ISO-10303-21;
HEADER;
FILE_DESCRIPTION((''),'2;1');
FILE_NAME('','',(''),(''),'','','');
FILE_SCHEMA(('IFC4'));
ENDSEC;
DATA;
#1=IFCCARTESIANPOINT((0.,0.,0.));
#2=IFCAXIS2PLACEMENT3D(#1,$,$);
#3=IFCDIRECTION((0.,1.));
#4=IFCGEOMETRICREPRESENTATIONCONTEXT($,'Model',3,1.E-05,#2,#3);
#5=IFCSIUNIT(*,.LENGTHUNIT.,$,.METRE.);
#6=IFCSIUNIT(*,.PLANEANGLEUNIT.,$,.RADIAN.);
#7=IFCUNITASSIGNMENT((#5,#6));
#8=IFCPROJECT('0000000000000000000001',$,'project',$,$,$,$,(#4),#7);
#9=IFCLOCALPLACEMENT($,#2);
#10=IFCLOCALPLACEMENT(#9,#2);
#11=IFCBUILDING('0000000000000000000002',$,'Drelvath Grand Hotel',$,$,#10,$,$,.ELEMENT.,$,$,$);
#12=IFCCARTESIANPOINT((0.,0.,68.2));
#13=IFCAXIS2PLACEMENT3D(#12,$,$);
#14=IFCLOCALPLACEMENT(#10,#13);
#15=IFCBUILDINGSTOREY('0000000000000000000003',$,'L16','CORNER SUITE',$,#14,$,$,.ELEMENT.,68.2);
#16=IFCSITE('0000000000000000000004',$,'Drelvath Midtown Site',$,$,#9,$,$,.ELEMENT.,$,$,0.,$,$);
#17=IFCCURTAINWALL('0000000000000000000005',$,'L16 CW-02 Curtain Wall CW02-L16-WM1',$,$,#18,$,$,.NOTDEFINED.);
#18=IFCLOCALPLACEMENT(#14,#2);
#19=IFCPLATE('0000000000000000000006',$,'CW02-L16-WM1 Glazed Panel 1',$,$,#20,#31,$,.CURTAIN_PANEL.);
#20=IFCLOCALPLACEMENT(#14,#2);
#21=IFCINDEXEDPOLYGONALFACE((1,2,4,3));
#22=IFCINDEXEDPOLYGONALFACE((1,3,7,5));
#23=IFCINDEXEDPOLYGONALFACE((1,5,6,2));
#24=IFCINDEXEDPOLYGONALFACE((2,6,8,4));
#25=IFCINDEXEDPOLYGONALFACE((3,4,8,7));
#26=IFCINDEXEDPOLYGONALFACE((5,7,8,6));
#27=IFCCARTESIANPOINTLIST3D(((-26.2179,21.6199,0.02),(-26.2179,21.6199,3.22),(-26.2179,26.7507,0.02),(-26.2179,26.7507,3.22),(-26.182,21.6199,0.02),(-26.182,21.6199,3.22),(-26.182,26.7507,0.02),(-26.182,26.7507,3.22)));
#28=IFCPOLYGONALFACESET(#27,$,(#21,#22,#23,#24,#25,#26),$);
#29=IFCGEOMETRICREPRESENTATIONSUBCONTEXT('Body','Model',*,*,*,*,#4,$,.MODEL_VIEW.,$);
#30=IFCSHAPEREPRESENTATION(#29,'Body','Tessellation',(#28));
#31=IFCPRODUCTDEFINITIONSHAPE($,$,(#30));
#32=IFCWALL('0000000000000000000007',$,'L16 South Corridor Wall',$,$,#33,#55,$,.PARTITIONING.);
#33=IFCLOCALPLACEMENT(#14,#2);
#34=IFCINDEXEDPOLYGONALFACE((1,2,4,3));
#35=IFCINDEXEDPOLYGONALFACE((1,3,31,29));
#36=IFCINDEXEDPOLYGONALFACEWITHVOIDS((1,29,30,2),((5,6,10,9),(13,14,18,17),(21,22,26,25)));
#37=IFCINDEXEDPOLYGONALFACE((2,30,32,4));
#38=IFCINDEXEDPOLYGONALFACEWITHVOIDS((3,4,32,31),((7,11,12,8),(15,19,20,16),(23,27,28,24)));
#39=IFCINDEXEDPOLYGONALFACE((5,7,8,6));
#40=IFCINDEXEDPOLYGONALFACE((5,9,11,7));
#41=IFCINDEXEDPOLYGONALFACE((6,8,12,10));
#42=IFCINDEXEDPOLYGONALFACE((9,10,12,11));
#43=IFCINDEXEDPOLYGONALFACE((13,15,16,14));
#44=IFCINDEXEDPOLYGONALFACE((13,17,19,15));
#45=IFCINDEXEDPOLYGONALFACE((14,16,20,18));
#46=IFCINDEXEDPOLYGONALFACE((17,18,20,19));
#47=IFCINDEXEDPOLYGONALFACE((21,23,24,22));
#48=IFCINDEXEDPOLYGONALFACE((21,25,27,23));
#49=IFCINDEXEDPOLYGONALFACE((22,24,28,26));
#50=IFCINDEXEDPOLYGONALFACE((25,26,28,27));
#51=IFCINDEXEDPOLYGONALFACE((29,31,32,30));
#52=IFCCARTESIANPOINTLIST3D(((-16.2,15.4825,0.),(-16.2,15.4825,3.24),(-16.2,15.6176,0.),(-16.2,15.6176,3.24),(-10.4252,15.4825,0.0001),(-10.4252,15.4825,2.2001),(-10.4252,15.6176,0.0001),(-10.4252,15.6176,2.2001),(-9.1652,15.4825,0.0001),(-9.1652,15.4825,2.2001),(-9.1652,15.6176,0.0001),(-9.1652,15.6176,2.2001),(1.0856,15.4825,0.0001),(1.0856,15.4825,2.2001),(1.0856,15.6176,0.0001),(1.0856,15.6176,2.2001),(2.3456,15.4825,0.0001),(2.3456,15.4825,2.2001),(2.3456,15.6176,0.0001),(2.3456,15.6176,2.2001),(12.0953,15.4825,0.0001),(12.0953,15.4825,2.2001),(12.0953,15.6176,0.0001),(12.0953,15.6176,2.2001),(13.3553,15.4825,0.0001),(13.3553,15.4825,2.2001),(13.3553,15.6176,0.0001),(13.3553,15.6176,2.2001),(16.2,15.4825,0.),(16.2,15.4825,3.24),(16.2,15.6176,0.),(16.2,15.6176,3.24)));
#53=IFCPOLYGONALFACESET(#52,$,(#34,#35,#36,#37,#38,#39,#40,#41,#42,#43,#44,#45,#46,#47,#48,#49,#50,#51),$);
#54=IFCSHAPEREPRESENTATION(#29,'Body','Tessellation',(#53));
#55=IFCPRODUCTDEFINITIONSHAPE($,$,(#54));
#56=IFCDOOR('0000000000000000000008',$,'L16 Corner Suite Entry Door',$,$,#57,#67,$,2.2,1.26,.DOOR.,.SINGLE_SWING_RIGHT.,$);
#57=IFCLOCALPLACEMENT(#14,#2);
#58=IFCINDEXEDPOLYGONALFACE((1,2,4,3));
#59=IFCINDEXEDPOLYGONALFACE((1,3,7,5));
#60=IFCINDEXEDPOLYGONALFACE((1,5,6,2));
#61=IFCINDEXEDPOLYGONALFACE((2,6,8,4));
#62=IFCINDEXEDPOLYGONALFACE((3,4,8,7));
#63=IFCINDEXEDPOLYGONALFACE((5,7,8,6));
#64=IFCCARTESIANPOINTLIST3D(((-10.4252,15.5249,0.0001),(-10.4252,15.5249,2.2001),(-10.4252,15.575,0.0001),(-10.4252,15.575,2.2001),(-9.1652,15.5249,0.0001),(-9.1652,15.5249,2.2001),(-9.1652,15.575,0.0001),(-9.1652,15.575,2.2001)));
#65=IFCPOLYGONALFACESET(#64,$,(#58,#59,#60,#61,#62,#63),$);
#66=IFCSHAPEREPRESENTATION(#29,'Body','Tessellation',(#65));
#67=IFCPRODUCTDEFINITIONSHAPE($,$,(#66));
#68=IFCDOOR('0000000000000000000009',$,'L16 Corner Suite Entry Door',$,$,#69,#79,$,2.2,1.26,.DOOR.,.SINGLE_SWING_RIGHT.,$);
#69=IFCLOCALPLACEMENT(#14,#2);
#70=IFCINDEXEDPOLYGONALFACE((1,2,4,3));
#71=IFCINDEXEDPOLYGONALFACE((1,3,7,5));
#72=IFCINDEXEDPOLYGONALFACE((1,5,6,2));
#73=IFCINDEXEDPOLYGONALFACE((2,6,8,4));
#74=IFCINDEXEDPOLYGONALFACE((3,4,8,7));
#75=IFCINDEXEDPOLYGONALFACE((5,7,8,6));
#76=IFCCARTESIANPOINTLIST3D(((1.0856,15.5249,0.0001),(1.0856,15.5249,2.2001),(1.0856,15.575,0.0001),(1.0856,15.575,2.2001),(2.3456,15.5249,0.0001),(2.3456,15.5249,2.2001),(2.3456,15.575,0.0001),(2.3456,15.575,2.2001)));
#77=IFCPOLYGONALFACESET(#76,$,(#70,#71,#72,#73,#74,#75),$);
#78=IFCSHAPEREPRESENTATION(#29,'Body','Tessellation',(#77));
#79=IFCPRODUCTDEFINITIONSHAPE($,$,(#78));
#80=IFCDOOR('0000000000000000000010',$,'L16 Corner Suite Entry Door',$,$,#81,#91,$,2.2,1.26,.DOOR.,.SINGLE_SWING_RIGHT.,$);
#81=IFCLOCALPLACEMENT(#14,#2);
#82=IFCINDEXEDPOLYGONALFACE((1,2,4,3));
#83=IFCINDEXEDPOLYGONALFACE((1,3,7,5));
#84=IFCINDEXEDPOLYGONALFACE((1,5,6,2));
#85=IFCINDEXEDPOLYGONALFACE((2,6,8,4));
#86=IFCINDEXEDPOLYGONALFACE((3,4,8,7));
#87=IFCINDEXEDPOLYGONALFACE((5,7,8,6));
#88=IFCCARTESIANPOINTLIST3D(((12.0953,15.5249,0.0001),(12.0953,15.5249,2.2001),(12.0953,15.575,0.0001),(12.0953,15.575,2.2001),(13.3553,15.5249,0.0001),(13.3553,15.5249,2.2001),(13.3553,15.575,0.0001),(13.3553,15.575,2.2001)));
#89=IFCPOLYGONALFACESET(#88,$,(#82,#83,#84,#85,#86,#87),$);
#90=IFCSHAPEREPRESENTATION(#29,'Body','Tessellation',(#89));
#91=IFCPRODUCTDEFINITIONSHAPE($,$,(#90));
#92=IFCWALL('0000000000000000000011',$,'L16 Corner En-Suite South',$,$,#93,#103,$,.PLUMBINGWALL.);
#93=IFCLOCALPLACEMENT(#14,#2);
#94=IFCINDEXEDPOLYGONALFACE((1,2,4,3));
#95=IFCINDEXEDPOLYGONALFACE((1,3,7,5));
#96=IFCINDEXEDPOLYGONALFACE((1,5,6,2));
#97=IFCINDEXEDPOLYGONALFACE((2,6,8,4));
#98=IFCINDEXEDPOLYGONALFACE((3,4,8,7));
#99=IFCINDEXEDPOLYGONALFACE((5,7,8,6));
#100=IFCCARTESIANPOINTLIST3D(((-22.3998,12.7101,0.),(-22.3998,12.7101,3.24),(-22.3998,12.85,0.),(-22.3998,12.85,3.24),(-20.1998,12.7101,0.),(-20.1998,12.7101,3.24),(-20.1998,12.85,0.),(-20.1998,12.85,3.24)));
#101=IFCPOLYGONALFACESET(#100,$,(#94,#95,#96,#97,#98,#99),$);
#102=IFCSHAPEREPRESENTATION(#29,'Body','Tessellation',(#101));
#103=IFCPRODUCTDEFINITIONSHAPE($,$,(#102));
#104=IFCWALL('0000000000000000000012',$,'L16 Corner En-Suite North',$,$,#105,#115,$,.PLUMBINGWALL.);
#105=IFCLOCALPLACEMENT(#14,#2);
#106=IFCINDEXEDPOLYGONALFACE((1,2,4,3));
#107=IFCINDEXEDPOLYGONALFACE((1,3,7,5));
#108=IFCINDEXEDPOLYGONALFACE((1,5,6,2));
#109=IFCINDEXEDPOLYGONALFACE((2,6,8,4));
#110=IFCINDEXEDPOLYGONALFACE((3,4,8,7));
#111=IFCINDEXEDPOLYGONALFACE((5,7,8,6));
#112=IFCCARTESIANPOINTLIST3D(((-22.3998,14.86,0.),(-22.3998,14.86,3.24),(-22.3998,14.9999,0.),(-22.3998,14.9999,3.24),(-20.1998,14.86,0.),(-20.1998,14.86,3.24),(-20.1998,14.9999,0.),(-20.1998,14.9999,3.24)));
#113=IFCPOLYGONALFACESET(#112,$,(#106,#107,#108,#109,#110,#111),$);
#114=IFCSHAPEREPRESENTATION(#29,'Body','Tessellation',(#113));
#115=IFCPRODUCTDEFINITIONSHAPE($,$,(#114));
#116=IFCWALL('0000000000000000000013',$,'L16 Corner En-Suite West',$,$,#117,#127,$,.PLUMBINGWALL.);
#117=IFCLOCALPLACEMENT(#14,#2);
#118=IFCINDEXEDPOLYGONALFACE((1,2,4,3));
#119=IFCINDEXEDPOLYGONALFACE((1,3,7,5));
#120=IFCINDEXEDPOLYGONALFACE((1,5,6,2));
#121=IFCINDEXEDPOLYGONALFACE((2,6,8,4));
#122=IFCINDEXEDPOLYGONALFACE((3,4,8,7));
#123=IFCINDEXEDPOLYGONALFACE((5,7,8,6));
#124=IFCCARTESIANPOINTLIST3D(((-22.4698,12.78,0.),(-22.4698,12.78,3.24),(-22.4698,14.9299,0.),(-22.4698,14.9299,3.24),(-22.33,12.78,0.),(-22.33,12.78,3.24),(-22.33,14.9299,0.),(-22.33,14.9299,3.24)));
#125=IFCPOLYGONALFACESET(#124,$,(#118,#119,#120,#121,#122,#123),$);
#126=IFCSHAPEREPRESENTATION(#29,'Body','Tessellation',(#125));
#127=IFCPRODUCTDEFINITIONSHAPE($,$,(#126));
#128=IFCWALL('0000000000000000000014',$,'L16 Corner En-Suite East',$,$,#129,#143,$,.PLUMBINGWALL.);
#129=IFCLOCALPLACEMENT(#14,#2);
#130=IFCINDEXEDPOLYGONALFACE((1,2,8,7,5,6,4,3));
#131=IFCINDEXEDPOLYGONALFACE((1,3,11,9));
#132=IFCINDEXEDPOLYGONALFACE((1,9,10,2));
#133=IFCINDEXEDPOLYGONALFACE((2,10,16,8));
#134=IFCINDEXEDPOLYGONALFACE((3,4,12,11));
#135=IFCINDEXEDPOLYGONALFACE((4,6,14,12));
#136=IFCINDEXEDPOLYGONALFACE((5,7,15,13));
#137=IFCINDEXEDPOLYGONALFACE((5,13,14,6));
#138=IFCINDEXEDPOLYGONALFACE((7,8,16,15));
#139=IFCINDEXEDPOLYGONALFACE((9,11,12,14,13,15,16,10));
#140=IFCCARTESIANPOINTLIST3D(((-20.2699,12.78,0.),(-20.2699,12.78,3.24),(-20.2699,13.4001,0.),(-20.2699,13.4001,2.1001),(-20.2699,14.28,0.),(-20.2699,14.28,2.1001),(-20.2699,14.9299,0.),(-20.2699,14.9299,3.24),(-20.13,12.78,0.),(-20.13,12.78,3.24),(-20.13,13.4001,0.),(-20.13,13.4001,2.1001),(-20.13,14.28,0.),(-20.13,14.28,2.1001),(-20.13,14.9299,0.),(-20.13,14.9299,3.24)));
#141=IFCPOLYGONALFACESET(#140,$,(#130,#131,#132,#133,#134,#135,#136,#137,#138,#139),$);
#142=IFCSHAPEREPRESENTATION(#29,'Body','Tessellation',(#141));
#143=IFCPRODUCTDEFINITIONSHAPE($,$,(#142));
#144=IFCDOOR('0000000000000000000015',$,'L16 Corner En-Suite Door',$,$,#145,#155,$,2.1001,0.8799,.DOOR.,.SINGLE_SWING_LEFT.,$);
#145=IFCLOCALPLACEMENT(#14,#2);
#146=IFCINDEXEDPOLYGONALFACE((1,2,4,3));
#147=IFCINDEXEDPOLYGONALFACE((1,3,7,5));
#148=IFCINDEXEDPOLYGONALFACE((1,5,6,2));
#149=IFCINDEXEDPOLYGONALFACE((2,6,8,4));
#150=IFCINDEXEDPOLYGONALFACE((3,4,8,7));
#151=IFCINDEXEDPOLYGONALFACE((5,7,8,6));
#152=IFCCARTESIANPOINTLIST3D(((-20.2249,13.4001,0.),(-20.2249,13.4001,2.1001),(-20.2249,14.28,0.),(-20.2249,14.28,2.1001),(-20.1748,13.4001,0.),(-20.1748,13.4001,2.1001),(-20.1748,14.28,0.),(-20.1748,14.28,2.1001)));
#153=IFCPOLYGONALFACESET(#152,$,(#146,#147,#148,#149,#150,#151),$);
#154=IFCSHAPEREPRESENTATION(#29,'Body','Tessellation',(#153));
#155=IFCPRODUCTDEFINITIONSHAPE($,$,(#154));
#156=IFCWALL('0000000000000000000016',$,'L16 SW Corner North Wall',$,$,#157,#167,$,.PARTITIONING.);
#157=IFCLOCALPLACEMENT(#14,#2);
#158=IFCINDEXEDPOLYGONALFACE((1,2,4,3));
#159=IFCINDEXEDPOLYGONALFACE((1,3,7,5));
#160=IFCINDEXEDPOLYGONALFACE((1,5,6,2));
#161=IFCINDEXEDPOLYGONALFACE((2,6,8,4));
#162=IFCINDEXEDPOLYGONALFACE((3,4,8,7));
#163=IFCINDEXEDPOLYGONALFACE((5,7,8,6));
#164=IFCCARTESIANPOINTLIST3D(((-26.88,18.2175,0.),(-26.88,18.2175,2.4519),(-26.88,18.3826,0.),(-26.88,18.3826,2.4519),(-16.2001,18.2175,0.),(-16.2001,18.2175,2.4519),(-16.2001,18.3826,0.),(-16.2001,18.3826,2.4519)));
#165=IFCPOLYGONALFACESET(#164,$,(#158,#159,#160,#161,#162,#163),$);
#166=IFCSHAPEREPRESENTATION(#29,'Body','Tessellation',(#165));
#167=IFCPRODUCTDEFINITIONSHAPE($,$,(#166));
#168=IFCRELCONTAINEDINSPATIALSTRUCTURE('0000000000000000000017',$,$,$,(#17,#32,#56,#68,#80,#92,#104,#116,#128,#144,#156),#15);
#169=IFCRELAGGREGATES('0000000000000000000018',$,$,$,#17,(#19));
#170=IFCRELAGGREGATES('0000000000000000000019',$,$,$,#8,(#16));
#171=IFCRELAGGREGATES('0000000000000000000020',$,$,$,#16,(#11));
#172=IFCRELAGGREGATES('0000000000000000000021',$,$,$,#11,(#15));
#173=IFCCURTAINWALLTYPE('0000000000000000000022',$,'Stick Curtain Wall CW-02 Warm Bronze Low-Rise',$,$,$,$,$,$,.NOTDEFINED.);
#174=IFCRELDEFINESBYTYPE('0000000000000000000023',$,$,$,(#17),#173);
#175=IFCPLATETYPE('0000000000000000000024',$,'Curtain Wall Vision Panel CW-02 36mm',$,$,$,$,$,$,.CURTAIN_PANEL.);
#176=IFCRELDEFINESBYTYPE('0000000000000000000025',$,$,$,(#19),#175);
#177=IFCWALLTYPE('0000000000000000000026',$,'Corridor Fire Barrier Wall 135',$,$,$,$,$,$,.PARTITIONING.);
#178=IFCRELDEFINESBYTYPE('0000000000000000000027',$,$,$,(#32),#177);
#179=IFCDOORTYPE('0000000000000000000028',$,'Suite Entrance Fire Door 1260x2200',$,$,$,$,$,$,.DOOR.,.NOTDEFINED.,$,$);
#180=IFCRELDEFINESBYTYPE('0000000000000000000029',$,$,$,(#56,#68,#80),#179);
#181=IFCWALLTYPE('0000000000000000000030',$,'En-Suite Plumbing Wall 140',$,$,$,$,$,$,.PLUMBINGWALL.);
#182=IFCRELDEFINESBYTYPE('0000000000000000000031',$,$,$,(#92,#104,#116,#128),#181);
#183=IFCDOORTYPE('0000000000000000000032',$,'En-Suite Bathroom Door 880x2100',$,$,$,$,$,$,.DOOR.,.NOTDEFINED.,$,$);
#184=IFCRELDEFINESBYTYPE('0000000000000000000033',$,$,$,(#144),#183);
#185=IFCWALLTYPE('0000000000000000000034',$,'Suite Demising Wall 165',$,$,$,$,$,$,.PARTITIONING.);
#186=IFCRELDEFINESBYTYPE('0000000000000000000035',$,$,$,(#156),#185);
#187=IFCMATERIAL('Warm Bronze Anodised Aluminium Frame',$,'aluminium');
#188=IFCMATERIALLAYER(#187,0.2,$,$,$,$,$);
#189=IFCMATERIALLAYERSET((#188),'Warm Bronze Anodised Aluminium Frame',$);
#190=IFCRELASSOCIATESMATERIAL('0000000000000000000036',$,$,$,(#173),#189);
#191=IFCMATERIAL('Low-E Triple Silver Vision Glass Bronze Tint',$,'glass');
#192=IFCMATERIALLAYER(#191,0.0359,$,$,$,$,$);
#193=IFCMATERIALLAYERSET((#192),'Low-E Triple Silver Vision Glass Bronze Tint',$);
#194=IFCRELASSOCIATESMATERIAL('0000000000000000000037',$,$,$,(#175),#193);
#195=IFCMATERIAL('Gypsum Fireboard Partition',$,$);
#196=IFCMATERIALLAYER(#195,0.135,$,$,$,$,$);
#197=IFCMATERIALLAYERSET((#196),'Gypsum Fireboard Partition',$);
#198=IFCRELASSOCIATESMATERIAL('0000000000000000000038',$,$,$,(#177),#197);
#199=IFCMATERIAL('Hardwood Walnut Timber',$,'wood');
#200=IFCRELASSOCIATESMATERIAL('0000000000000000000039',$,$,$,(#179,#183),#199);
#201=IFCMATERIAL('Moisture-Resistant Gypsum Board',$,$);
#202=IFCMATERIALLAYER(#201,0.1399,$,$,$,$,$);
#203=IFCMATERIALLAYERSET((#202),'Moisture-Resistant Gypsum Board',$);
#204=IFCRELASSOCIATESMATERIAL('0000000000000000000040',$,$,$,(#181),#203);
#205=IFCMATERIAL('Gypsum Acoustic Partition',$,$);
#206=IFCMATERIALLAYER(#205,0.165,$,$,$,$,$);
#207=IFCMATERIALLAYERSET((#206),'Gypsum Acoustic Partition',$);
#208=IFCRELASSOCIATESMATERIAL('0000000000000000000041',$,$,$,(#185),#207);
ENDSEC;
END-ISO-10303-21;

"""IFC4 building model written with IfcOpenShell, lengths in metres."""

from ifc_helpers import new_model, si_unit, direction, frame, frame_2d, origin, origin_2d, place, context, subcontext, project, spatial, rectangle, extrude, material, layer, layer_set, type_object, element, fill, aggregate, save


model = new_model("IFC4")

# Units and contexts
model_context = context("Model", 3, precision=1e-05, world=origin(), true_north=direction((0.0, 1.0)))
body_context = subcontext(model_context, "Body", "Model", "MODEL_VIEW")
ifc_project = project(units=[si_unit("LENGTHUNIT", "METRE"), si_unit("PLANEANGLEUNIT", "RADIAN")], contexts=[model_context])

# Site, building, storey
site_placement = place(None, origin())
site = spatial("IfcSite", under=ifc_project, at=site_placement, Name="Drelvath Midtown Site", CompositionType="ELEMENT", RefElevation=0.0)
building_placement = place(site_placement, origin())
building = spatial("IfcBuilding", under=site, at=building_placement, Name="Drelvath Grand Hotel", CompositionType="ELEMENT")
storey_placement = place(building_placement, frame((0.0, 0.0, 68.2)))
storey = spatial("IfcBuildingStorey", under=building, at=storey_placement, Name="L16", Description="CORNER SUITE", CompositionType="ELEMENT", Elevation=68.2)

# Curtain wall
ifc_material_1 = material(Name="Warm Bronze Anodised Aluminium Frame", Category="aluminium")
ifc_layer_1 = layer(ifc_material_1, 0.2)
ifc_layer_set_1 = layer_set([ifc_layer_1], Name="Warm Bronze Anodised Aluminium Frame")
curtain_wall_type = type_object("IfcCurtainWallType", Name="Stick Curtain Wall CW-02 Warm Bronze Low-Rise", PredefinedType="NOTDEFINED", material=ifc_layer_set_1)
curtain_wall_1_placement = place(storey_placement, origin())
curtain_wall_1 = element("IfcCurtainWall", 1, at=curtain_wall_1_placement, inside=storey, type_object=curtain_wall_type, Name="L16 CW-02 Curtain Wall CW02-L16-WM1", PredefinedType="NOTDEFINED")

# Plate
ifc_material_2 = material(Name="Low-E Triple Silver Vision Glass Bronze Tint", Category="glass")
ifc_layer_2 = layer(ifc_material_2, 0.0359)
ifc_layer_set_2 = layer_set([ifc_layer_2], Name="Low-E Triple Silver Vision Glass Bronze Tint")
plate_type = type_object("IfcPlateType", Name="Curtain Wall Vision Panel CW-02 36mm", PredefinedType="CURTAIN_PANEL", material=ifc_layer_set_2)
plate_1_placement = place(storey_placement, frame((-26.2, 24.1853, 0.02), z_axis=(0.0, 0.0, 1.0), x_axis=(0.0, 1.0, 0.0)))
plate_1 = element("IfcPlate", 2, at=plate_1_placement, type_object=plate_type, Name="CW02-L16-WM1 Glazed Panel 1", PredefinedType="CURTAIN_PANEL", context=body_context, shape_type="SweptSolid", body=[
    extrude(rectangle(XDim=5.1309, YDim=0.0359, at=origin_2d()), origin(), (0.0, 0.0, 1.0), 3.2),
])
aggregate(curtain_wall_1, [plate_1])

# Wall, openings, doors
ifc_material_3 = material(Name="Gypsum Fireboard Partition")
ifc_layer_3 = layer(ifc_material_3, 0.135)
ifc_layer_set_3 = layer_set([ifc_layer_3], Name="Gypsum Fireboard Partition")
wall_type_1 = type_object("IfcWallType", Name="Corridor Fire Barrier Wall 135", PredefinedType="PARTITIONING", material=ifc_layer_set_3)
wall_1_placement = place(storey_placement, frame((-16.2, 15.55, 0.0), z_axis=(0.0, 0.0, 1.0), x_axis=(1.0, 0.0, 0.0)))
wall_1 = element("IfcWall", 3, at=wall_1_placement, inside=storey, type_object=wall_type_1, Name="L16 South Corridor Wall", PredefinedType="PARTITIONING", context=body_context, shape_type="SweptSolid", body=[
    extrude(rectangle(XDim=32.3999, YDim=0.135, at=frame_2d((16.2, 0.0))), origin(), (0.0, 0.0, 1.0), 3.24),
])
opening_1_placement = place(wall_1_placement, frame((5.7749, 0.0, 0.0)))
opening_1 = element("IfcOpeningElement", 4, at=opening_1_placement, cuts=wall_1, PredefinedType="OPENING", context=body_context, shape_type="SweptSolid", body=[
    extrude(rectangle(XDim=1.26, YDim=2.2, at=frame_2d((0.6299, 1.1001))), frame((0.0, 0.0774, 0.0), z_axis=(0.0, -1.0, 0.0), x_axis=(1.0, 0.0, 0.0)), (0.0, 0.0, 1.0), 0.155),
])
opening_2_placement = place(wall_1_placement, frame((17.2856, 0.0, 0.0)))
opening_2 = element("IfcOpeningElement", 5, at=opening_2_placement, cuts=wall_1, PredefinedType="OPENING", context=body_context, shape_type="SweptSolid", body=[
    extrude(rectangle(XDim=1.26, YDim=2.2, at=frame_2d((0.6299, 1.1001))), frame((0.0, 0.0774, 0.0), z_axis=(0.0, -1.0, 0.0), x_axis=(1.0, 0.0, 0.0)), (0.0, 0.0, 1.0), 0.155),
])
opening_3_placement = place(wall_1_placement, frame((28.2954, 0.0, 0.0)))
opening_3 = element("IfcOpeningElement", 6, at=opening_3_placement, cuts=wall_1, PredefinedType="OPENING", context=body_context, shape_type="SweptSolid", body=[
    extrude(rectangle(XDim=1.26, YDim=2.2, at=frame_2d((0.6299, 1.1001))), frame((0.0, 0.0774, 0.0), z_axis=(0.0, -1.0, 0.0), x_axis=(1.0, 0.0, 0.0)), (0.0, 0.0, 1.0), 0.155),
])
ifc_material_4 = material(Name="Hardwood Walnut Timber", Category="wood")
door_type_1 = type_object("IfcDoorType", Name="Suite Entrance Fire Door 1260x2200", OperationType="NOTDEFINED", PredefinedType="DOOR", material=ifc_material_4)
door_1_placement = place(opening_1_placement, origin())
door_1 = element("IfcDoor", 7, at=door_1_placement, inside=storey, type_object=door_type_1, Name="L16 Corner Suite Entry Door", OperationType="SINGLE_SWING_RIGHT", OverallHeight=2.2, OverallWidth=1.26, PredefinedType="DOOR", context=body_context, shape_type="SweptSolid", body=[
    extrude(rectangle(XDim=1.26, YDim=2.2, at=frame_2d((0.6299, 1.1001))), frame((0.0, 0.0249, 0.0), z_axis=(0.0, -1.0, 0.0), x_axis=(1.0, 0.0, 0.0)), (0.0, 0.0, 1.0), 0.05),
])
fill(opening_1, door_1)
door_2_placement = place(opening_2_placement, origin())
door_2 = element("IfcDoor", 8, at=door_2_placement, inside=storey, type_object=door_type_1, Name="L16 Corner Suite Entry Door", OperationType="SINGLE_SWING_RIGHT", OverallHeight=2.2, OverallWidth=1.26, PredefinedType="DOOR", context=body_context, shape_type="SweptSolid", body=[
    extrude(rectangle(XDim=1.26, YDim=2.2, at=frame_2d((0.6299, 1.1001))), frame((0.0, 0.0249, 0.0), z_axis=(0.0, -1.0, 0.0), x_axis=(1.0, 0.0, 0.0)), (0.0, 0.0, 1.0), 0.05),
])
fill(opening_2, door_2)
door_3_placement = place(opening_3_placement, origin())
door_3 = element("IfcDoor", 9, at=door_3_placement, inside=storey, type_object=door_type_1, Name="L16 Corner Suite Entry Door", OperationType="SINGLE_SWING_RIGHT", OverallHeight=2.2, OverallWidth=1.26, PredefinedType="DOOR", context=body_context, shape_type="SweptSolid", body=[
    extrude(rectangle(XDim=1.26, YDim=2.2, at=frame_2d((0.6299, 1.1001))), frame((0.0, 0.0249, 0.0), z_axis=(0.0, -1.0, 0.0), x_axis=(1.0, 0.0, 0.0)), (0.0, 0.0, 1.0), 0.05),
])
fill(opening_3, door_3)

# Walls
ifc_material_5 = material(Name="Moisture-Resistant Gypsum Board")
ifc_layer_4 = layer(ifc_material_5, 0.1399)
ifc_layer_set_4 = layer_set([ifc_layer_4], Name="Moisture-Resistant Gypsum Board")
wall_type_2 = type_object("IfcWallType", Name="En-Suite Plumbing Wall 140", PredefinedType="PLUMBINGWALL", material=ifc_layer_set_4)
for number, where, z_axis, x_axis, name in (
    (10, (-22.3999, 12.78, 0.0), (0.0, 0.0, 1.0), (1.0, 0.0, 0.0), "L16 Corner En-Suite South"),
    (11, (-22.3999, 14.9299, 0.0), (0.0, 0.0, 1.0), (1.0, 0.0, 0.0), "L16 Corner En-Suite North"),
):
    element("IfcWall", number, at=place(storey_placement, frame(where, z_axis=z_axis, x_axis=x_axis)), inside=storey, type_object=wall_type_2, Name=name, PredefinedType="PLUMBINGWALL", context=body_context, shape_type="SweptSolid", body=[
        extrude(rectangle(XDim=2.2, YDim=0.1399, at=frame_2d((1.1001, 0.0))), origin(), (0.0, 0.0, 1.0), 3.24),
    ])
wall_2_placement = place(storey_placement, frame((-22.3999, 12.78, 0.0), z_axis=(0.0, 0.0, 1.0), x_axis=(0.0, 1.0, 0.0)))
element("IfcWall", 12, at=wall_2_placement, inside=storey, type_object=wall_type_2, Name="L16 Corner En-Suite West", PredefinedType="PLUMBINGWALL", context=body_context, shape_type="SweptSolid", body=[
    extrude(rectangle(XDim=2.1499, YDim=0.1399, at=frame_2d((1.075, 0.0))), origin(), (0.0, 0.0, 1.0), 3.24),
])

# Wall, opening, door
wall_3_placement = place(storey_placement, frame((-20.2, 12.78, 0.0), z_axis=(0.0, 0.0, 1.0), x_axis=(0.0, 1.0, 0.0)))
wall_3 = element("IfcWall", 13, at=wall_3_placement, inside=storey, type_object=wall_type_2, Name="L16 Corner En-Suite East", PredefinedType="PLUMBINGWALL", context=body_context, shape_type="SweptSolid", body=[
    extrude(rectangle(XDim=2.1499, YDim=0.1399, at=frame_2d((1.075, 0.0))), origin(), (0.0, 0.0, 1.0), 3.24),
])
opening_4_placement = place(wall_3_placement, frame((0.6201, 0.0, 0.0)))
opening_4 = element("IfcOpeningElement", 14, at=opening_4_placement, cuts=wall_3, PredefinedType="OPENING", context=body_context, shape_type="SweptSolid", body=[
    extrude(rectangle(XDim=0.8799, YDim=2.1001, at=frame_2d((0.4399, 1.05))), frame((0.0, 0.0798, 0.0), z_axis=(0.0, -1.0, 0.0), x_axis=(1.0, 0.0, 0.0)), (0.0, 0.0, 1.0), 0.1599),
])
door_type_2 = type_object("IfcDoorType", Name="En-Suite Bathroom Door 880x2100", OperationType="NOTDEFINED", PredefinedType="DOOR", material=ifc_material_4)
door_4_placement = place(opening_4_placement, origin())
door_4 = element("IfcDoor", 15, at=door_4_placement, inside=storey, type_object=door_type_2, Name="L16 Corner En-Suite Door", OperationType="SINGLE_SWING_LEFT", OverallHeight=2.1001, OverallWidth=0.8799, PredefinedType="DOOR", context=body_context, shape_type="SweptSolid", body=[
    extrude(rectangle(XDim=0.8799, YDim=2.1001, at=frame_2d((0.4399, 1.05))), frame((0.0, 0.0249, 0.0), z_axis=(0.0, -1.0, 0.0), x_axis=(1.0, 0.0, 0.0)), (0.0, 0.0, 1.0), 0.05),
])
fill(opening_4, door_4)

# Wall
ifc_material_6 = material(Name="Gypsum Acoustic Partition")
ifc_layer_5 = layer(ifc_material_6, 0.165)
ifc_layer_set_5 = layer_set([ifc_layer_5], Name="Gypsum Acoustic Partition")
wall_type_3 = type_object("IfcWallType", Name="Suite Demising Wall 165", PredefinedType="PARTITIONING", material=ifc_layer_set_5)
wall_4_placement = place(storey_placement, frame((-26.8799, 18.3, 0.0), z_axis=(0.0, 0.0, 1.0), x_axis=(1.0, 0.0, 0.0)))
element("IfcWall", 16, at=wall_4_placement, inside=storey, type_object=wall_type_3, Name="L16 SW Corner North Wall", PredefinedType="PARTITIONING", context=body_context, shape_type="SweptSolid", body=[
    extrude(rectangle(XDim=10.6799, YDim=0.165, at=frame_2d((5.3398, 0.0))), origin(), (0.0, 0.0, 1.0), 2.4519),
])

save(model, "model.ifc")
